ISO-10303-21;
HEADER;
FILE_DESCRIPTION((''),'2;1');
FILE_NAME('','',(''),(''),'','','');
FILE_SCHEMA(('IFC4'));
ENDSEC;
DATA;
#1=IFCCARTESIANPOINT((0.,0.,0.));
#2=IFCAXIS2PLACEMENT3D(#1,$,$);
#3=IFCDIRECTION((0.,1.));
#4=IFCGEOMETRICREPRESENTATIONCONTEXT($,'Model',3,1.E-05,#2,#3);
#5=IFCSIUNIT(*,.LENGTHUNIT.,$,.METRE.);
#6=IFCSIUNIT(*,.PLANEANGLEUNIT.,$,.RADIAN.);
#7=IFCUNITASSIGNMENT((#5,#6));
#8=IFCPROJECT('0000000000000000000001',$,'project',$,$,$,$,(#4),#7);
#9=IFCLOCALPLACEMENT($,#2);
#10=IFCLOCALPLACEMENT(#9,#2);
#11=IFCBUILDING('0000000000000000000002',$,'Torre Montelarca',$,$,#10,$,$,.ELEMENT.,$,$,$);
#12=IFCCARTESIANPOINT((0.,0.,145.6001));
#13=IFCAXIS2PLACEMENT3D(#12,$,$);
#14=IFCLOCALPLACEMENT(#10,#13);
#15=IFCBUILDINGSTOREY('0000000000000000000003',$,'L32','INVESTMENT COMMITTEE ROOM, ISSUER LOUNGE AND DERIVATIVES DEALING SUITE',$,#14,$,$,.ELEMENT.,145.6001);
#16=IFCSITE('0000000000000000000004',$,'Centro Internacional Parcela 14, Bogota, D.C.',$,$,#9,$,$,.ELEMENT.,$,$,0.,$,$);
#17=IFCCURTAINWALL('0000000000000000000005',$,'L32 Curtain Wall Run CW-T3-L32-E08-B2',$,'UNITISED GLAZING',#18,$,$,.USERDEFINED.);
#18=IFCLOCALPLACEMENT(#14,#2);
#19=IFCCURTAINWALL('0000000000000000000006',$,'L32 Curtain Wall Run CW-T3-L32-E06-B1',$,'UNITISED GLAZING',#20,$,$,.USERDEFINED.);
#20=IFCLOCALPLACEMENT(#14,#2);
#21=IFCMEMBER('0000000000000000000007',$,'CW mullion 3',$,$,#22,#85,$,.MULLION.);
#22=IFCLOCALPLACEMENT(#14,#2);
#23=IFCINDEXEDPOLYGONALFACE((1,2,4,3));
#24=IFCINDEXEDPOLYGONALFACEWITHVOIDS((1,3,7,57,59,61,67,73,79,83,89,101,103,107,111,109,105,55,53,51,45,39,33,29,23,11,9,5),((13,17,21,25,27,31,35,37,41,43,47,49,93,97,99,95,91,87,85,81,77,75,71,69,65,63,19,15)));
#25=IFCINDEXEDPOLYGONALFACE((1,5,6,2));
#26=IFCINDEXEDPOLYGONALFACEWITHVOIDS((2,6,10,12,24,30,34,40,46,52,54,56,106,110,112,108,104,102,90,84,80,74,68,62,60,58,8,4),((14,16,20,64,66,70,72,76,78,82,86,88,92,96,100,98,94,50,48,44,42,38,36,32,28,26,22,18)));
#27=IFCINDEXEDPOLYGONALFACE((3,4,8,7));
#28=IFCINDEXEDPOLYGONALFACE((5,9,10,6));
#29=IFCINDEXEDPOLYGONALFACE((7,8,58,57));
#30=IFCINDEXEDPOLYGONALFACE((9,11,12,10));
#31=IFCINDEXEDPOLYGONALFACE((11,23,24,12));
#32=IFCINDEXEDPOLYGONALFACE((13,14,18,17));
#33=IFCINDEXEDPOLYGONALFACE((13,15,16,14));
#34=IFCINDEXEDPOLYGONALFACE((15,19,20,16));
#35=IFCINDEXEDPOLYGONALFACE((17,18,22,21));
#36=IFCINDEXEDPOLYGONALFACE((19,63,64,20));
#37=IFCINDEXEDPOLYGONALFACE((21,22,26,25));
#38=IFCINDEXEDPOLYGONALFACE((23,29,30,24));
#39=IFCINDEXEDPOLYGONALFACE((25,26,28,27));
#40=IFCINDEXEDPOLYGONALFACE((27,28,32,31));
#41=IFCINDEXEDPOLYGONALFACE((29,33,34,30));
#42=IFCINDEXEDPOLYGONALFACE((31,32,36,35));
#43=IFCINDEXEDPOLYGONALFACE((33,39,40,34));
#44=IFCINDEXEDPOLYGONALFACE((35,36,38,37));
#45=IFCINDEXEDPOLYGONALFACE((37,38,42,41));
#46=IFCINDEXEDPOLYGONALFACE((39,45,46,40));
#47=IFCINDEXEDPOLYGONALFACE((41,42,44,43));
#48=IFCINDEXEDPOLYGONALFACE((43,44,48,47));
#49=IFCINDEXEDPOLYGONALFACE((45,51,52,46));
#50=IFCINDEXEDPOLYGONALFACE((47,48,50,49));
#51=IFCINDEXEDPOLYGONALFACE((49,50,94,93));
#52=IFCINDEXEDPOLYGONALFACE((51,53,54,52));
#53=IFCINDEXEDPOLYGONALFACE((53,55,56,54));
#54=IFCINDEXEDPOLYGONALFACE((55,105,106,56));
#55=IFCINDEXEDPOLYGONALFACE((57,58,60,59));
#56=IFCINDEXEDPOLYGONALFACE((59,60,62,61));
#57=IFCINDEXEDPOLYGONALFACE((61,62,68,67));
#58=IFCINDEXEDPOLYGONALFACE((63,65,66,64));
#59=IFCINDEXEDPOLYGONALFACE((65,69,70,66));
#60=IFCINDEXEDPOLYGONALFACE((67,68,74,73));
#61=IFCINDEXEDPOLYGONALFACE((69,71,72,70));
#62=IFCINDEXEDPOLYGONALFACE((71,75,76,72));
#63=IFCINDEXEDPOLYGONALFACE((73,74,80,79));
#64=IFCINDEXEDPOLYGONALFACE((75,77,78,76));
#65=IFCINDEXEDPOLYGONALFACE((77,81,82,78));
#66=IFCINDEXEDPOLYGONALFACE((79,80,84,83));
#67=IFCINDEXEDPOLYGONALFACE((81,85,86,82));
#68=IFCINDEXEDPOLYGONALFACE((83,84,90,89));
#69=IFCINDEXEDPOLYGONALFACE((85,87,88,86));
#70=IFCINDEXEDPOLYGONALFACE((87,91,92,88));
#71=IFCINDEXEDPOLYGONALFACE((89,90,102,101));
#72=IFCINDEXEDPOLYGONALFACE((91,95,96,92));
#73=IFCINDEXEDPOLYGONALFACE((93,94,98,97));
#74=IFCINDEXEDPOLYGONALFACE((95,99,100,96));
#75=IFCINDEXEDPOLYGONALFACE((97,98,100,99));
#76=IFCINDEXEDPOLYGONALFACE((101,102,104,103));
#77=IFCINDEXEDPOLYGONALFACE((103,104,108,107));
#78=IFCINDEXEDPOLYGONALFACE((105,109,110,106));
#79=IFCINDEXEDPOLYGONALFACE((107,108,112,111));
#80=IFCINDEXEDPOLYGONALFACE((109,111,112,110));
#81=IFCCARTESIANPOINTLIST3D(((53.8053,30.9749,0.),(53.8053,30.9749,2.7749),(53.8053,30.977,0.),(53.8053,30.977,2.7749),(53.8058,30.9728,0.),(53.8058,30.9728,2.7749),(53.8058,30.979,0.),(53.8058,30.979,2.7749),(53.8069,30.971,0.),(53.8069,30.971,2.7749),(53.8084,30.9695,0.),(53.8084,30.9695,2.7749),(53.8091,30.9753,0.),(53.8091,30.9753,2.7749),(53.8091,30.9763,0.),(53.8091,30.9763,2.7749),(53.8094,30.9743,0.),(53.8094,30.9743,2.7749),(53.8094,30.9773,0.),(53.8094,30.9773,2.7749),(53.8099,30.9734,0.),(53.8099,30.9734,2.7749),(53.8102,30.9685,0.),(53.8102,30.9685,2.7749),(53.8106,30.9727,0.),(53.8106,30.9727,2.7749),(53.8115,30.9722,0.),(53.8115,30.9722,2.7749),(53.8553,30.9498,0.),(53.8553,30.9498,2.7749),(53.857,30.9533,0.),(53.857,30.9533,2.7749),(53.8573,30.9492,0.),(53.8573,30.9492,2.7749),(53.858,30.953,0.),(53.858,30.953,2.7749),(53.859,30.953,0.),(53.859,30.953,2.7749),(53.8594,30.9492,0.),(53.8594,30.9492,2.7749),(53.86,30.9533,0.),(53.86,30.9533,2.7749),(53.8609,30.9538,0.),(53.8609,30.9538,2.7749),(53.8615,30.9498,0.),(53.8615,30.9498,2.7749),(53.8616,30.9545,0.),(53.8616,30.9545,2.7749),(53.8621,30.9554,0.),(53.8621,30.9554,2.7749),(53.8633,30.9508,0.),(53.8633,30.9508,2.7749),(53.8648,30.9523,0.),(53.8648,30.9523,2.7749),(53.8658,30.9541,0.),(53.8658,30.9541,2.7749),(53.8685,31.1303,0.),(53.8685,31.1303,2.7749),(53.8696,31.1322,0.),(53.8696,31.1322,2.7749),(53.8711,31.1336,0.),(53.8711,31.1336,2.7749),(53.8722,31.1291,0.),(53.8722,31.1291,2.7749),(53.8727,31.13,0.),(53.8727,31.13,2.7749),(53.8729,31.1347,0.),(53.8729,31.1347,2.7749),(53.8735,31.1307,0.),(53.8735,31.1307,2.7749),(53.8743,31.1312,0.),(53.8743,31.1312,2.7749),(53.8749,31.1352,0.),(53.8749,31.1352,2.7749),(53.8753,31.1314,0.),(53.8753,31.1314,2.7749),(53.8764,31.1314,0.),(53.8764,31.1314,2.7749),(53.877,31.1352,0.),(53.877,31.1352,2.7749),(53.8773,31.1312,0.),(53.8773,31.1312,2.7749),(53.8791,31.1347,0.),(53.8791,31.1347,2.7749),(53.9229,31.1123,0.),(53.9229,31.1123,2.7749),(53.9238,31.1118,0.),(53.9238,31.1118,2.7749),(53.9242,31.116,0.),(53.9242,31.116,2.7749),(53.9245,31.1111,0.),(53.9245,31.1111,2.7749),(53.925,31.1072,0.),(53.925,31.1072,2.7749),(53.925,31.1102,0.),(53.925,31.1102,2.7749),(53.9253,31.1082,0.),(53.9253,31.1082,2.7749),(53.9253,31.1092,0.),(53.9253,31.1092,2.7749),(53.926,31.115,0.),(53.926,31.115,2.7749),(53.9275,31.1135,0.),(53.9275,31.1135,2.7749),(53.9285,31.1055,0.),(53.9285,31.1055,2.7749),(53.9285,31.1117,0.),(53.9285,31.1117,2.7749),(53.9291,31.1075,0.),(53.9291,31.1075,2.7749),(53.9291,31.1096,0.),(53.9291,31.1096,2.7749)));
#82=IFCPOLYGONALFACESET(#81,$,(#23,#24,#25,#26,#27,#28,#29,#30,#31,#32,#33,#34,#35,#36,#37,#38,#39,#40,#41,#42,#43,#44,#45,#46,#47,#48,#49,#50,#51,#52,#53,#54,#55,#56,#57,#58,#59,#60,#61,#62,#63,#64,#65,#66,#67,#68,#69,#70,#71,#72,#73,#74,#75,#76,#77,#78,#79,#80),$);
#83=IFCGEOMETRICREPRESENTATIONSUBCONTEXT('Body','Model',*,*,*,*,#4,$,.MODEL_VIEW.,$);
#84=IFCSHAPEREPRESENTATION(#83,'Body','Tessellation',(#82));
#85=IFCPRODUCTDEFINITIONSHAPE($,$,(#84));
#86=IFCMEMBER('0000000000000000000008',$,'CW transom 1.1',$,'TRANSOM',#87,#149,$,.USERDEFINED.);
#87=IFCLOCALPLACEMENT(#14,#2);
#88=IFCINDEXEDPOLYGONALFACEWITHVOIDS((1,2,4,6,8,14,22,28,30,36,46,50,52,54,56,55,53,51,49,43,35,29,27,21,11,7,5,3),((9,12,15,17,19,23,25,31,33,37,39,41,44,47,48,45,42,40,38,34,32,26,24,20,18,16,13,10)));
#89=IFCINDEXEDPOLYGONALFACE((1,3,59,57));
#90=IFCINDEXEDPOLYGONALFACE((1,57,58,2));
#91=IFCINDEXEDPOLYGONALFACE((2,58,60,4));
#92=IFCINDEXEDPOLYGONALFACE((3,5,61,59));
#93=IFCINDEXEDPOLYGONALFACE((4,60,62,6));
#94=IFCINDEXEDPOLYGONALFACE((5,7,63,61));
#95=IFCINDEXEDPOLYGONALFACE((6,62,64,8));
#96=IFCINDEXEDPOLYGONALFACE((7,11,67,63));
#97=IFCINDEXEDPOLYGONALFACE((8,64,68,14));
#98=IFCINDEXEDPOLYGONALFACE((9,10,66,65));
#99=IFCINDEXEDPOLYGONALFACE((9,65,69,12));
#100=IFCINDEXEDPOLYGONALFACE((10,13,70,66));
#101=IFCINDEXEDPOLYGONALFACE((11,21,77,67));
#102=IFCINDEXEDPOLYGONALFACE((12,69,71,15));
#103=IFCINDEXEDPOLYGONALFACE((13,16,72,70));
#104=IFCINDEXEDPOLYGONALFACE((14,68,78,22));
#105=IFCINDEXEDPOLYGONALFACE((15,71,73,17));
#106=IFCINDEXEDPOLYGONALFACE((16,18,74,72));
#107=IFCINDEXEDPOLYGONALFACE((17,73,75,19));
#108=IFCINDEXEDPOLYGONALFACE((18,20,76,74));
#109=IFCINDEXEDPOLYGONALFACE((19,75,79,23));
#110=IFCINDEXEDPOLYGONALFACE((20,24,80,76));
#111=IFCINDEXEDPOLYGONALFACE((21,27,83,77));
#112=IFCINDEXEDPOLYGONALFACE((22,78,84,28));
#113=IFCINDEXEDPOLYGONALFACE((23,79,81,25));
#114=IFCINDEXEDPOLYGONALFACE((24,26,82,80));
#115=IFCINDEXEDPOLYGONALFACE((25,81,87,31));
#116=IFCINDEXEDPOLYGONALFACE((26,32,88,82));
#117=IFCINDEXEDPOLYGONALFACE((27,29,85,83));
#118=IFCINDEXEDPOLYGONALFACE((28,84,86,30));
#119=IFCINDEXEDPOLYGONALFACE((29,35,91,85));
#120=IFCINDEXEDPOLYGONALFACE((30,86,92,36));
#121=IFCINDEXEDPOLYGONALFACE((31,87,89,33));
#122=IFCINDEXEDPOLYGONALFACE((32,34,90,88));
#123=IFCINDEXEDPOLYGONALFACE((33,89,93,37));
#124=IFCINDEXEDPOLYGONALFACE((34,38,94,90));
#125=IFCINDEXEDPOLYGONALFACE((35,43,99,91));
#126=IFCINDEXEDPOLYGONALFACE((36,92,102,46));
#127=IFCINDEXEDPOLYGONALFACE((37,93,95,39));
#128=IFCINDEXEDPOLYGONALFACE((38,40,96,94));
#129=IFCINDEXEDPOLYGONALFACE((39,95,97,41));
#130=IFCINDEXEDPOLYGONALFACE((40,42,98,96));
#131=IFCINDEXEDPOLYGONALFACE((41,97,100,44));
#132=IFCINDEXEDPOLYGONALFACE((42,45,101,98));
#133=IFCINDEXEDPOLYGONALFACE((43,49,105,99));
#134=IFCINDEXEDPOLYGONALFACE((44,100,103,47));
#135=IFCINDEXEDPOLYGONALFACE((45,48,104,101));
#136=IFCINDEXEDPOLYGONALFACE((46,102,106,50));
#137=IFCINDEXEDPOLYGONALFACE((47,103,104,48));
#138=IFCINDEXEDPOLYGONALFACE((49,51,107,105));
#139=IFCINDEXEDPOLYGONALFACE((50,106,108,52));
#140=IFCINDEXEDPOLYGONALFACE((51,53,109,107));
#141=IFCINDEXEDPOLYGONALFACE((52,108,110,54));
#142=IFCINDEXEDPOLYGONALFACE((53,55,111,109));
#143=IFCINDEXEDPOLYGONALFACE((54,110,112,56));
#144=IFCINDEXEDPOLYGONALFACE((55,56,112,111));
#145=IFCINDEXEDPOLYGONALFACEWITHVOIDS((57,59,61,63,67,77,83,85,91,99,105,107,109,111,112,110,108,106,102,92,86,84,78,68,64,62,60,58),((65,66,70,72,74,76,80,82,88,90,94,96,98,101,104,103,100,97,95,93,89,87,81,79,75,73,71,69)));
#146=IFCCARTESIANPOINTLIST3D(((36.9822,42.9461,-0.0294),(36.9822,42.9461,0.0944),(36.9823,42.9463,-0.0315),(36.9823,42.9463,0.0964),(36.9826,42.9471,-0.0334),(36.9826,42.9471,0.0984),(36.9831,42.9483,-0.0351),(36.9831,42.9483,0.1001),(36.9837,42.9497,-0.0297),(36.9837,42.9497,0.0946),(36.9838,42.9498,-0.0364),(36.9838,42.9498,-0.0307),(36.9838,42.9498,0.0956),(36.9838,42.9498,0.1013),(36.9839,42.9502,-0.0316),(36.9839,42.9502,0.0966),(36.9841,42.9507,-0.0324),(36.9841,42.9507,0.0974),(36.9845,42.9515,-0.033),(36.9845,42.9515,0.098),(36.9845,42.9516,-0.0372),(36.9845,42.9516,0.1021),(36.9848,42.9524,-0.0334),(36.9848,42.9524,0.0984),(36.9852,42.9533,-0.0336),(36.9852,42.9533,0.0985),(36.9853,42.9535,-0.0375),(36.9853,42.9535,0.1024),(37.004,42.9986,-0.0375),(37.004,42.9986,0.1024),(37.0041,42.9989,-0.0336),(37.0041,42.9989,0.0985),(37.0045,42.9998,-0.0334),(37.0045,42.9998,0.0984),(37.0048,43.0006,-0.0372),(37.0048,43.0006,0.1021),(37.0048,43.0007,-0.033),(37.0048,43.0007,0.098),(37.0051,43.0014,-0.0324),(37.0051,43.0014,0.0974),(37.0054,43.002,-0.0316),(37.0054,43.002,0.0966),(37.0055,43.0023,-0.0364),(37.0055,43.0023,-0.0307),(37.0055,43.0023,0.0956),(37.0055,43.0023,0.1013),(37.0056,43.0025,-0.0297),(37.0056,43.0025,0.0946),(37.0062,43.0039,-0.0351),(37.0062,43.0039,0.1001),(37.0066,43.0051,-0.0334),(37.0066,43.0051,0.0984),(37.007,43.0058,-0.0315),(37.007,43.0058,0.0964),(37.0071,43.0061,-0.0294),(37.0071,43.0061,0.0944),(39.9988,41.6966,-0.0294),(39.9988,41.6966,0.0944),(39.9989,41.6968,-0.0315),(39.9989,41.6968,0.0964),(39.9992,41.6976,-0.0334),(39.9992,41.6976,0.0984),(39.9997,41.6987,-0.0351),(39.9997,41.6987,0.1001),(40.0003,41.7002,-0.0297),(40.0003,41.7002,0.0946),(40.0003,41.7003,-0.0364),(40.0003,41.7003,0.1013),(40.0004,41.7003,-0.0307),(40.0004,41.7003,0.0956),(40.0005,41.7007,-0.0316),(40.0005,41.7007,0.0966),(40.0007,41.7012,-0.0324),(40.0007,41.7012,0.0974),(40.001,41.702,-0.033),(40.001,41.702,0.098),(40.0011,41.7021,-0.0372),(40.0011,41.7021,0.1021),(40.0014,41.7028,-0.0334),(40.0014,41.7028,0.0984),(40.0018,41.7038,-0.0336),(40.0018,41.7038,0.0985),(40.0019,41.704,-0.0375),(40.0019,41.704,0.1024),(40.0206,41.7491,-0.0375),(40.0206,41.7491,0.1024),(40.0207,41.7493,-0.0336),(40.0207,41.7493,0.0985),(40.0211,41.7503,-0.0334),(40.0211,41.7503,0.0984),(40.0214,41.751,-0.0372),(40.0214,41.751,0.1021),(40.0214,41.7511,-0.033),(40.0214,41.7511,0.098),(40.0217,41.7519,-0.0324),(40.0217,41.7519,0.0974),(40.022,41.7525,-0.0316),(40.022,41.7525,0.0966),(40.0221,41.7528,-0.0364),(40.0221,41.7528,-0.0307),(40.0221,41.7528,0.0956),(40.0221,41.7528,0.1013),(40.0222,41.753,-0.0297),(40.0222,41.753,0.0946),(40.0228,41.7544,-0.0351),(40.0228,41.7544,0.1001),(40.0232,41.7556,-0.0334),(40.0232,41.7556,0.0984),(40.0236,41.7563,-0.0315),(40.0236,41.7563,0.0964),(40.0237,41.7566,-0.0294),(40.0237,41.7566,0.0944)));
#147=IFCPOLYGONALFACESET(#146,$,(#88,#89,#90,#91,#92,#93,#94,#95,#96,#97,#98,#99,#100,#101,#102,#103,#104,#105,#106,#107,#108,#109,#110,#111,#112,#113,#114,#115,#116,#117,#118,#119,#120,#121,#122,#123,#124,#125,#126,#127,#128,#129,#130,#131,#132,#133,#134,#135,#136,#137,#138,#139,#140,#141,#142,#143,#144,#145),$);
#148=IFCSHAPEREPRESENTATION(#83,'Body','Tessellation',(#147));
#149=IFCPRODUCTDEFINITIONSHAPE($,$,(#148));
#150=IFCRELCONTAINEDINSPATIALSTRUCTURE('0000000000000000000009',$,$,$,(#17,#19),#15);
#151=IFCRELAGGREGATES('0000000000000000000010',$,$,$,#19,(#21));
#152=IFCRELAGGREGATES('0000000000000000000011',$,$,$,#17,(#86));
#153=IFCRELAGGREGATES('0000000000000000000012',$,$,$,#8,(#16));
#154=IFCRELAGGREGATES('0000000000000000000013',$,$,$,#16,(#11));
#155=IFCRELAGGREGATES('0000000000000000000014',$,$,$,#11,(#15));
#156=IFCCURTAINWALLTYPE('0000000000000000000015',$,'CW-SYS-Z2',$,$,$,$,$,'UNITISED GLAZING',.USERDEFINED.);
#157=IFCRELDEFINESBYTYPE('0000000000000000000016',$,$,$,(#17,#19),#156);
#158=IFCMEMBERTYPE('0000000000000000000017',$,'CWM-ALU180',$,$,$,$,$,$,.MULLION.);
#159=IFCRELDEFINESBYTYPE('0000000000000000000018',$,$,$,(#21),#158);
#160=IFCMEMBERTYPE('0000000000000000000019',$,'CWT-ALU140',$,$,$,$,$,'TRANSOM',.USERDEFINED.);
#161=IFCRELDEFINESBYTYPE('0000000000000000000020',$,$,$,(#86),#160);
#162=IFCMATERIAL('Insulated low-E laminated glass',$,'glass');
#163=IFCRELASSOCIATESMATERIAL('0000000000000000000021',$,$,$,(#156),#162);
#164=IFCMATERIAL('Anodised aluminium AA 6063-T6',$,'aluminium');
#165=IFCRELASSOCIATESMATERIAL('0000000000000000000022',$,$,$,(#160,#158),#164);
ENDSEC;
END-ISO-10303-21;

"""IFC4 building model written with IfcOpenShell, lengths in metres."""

from ifc_helpers import new_model, si_unit, direction, frame, origin, origin_2d, place, context, subcontext, project, spatial, hollow_rectangle, extrude, source, transform, mapped, material, material_profile, profile_set, type_object, element, aggregate, save


model = new_model("IFC4")

# Units and contexts
model_context = context("Model", 3, precision=1e-05, world=origin(), true_north=direction((0.0, 1.0)))
body_context = subcontext(model_context, "Body", "Model", "MODEL_VIEW")
ifc_project = project(units=[si_unit("LENGTHUNIT", "METRE"), si_unit("PLANEANGLEUNIT", "RADIAN")], contexts=[model_context])

# Site, building, storey
site_placement = place(None, origin())
site = spatial("IfcSite", under=ifc_project, at=site_placement, Name="Centro Internacional Parcela 14, Bogota, D.C.", CompositionType="ELEMENT", RefElevation=0.0)
building_placement = place(site_placement, origin())
building = spatial("IfcBuilding", under=site, at=building_placement, Name="Torre Montelarca", CompositionType="ELEMENT")
storey_placement = place(building_placement, frame((0.0, 0.0, 145.6001)))
storey = spatial("IfcBuildingStorey", under=building, at=storey_placement, Name="L32", Description="INVESTMENT COMMITTEE ROOM, ISSUER LOUNGE AND DERIVATIVES DEALING SUITE", CompositionType="ELEMENT", Elevation=145.6001)

# Shared definitions
ifc_material_1 = material(Name="Insulated low-E laminated glass", Category="glass")
curtain_wall_type = type_object("IfcCurtainWallType", Name="CW-SYS-Z2", ElementType="UNITISED GLAZING", PredefinedType="USERDEFINED", material=ifc_material_1)
ifc_material_2 = material(Name="Anodised aluminium AA 6063-T6", Category="aluminium")
ifc_material_profile_1 = material_profile(ifc_material_2, hollow_rectangle(XDim=0.0649, YDim=0.1399, WallThickness=0.0039, InnerFilletRadius=0.0039, OuterFilletRadius=0.0081, at=origin_2d()), Name="ALU65X140X4", Category="aluminium")
ifc_profile_set_1 = profile_set([ifc_material_profile_1], Name="Anodised aluminium AA 6063-T6")
member_type_1 = type_object("IfcMemberType", Name="CWT-ALU140", ElementType="TRANSOM", PredefinedType="USERDEFINED", material=ifc_profile_set_1)
ifc_material_profile_2 = material_profile(ifc_material_2, hollow_rectangle(XDim=0.0649, YDim=0.1799, WallThickness=0.0039, InnerFilletRadius=0.0039, OuterFilletRadius=0.0081, at=origin_2d()), Name="ALU65X180X4", Category="aluminium")
ifc_profile_set_2 = profile_set([ifc_material_profile_2], Name="Anodised aluminium AA 6063-T6")
member_type_2 = type_object("IfcMemberType", Name="CWM-ALU180", PredefinedType="MULLION", material=ifc_profile_set_2)

# Curtain walls, member
curtain_wall_1_placement = place(storey_placement, origin())
curtain_wall_1 = element("IfcCurtainWall", 1, at=curtain_wall_1_placement, inside=storey, type_object=curtain_wall_type, Name="L32 Curtain Wall Run CW-T3-L32-E08-B2", ObjectType="UNITISED GLAZING", PredefinedType="USERDEFINED")
curtain_wall_2_placement = place(storey_placement, origin())
curtain_wall_2 = element("IfcCurtainWall", 2, at=curtain_wall_2_placement, inside=storey, type_object=curtain_wall_type, Name="L32 Curtain Wall Run CW-T3-L32-E06-B1", ObjectType="UNITISED GLAZING", PredefinedType="USERDEFINED")
shared_shape_1 = source(origin(), body_context, "Body", "SweptSolid", [
    extrude(hollow_rectangle(XDim=0.0649, YDim=0.1799, WallThickness=0.0039, InnerFilletRadius=0.0039, OuterFilletRadius=0.0081, at=origin_2d()), origin(), (0.0, 0.0, 1.0), 2.7749),
])
member_1_placement = place(storey_placement, frame((53.8672, 31.0422, 0.0), z_axis=(0.0, 0.0, 1.0), x_axis=(-0.923881, 0.382679, 0.0)))
member_1 = element("IfcMember", 3, at=member_1_placement, type_object=member_type_2, Name="CW mullion 3", PredefinedType="MULLION", context=body_context, shape_type="MappedRepresentation", body=[
    mapped(shared_shape_1, transform((0.0, 0.0, 0.0), scale=1.0)),
])
aggregate(curtain_wall_2, [member_1])

# Member
shared_shape_2 = source(origin(), body_context, "Body", "SweptSolid", [
    extrude(hollow_rectangle(XDim=0.0649, YDim=0.1399, WallThickness=0.0039, InnerFilletRadius=0.0039, OuterFilletRadius=0.0081, at=origin_2d()), origin(), (0.0, 0.0, 1.0), 3.2651),
])
member_2_placement = place(storey_placement, frame((40.0112, 41.7266, 0.0325), z_axis=(-0.92388, 0.382682, 0.0), x_axis=(-0.382682, -0.92388, 0.0)))
member_2 = element("IfcMember", 4, at=member_2_placement, type_object=member_type_1, Name="CW transom 1.1", ObjectType="TRANSOM", PredefinedType="USERDEFINED", context=body_context, shape_type="MappedRepresentation", body=[
    mapped(shared_shape_2, transform((0.0, 0.0, 0.0), scale=1.0)),
])

aggregate(curtain_wall_1, [member_2])

save(model, "model.ifc")
